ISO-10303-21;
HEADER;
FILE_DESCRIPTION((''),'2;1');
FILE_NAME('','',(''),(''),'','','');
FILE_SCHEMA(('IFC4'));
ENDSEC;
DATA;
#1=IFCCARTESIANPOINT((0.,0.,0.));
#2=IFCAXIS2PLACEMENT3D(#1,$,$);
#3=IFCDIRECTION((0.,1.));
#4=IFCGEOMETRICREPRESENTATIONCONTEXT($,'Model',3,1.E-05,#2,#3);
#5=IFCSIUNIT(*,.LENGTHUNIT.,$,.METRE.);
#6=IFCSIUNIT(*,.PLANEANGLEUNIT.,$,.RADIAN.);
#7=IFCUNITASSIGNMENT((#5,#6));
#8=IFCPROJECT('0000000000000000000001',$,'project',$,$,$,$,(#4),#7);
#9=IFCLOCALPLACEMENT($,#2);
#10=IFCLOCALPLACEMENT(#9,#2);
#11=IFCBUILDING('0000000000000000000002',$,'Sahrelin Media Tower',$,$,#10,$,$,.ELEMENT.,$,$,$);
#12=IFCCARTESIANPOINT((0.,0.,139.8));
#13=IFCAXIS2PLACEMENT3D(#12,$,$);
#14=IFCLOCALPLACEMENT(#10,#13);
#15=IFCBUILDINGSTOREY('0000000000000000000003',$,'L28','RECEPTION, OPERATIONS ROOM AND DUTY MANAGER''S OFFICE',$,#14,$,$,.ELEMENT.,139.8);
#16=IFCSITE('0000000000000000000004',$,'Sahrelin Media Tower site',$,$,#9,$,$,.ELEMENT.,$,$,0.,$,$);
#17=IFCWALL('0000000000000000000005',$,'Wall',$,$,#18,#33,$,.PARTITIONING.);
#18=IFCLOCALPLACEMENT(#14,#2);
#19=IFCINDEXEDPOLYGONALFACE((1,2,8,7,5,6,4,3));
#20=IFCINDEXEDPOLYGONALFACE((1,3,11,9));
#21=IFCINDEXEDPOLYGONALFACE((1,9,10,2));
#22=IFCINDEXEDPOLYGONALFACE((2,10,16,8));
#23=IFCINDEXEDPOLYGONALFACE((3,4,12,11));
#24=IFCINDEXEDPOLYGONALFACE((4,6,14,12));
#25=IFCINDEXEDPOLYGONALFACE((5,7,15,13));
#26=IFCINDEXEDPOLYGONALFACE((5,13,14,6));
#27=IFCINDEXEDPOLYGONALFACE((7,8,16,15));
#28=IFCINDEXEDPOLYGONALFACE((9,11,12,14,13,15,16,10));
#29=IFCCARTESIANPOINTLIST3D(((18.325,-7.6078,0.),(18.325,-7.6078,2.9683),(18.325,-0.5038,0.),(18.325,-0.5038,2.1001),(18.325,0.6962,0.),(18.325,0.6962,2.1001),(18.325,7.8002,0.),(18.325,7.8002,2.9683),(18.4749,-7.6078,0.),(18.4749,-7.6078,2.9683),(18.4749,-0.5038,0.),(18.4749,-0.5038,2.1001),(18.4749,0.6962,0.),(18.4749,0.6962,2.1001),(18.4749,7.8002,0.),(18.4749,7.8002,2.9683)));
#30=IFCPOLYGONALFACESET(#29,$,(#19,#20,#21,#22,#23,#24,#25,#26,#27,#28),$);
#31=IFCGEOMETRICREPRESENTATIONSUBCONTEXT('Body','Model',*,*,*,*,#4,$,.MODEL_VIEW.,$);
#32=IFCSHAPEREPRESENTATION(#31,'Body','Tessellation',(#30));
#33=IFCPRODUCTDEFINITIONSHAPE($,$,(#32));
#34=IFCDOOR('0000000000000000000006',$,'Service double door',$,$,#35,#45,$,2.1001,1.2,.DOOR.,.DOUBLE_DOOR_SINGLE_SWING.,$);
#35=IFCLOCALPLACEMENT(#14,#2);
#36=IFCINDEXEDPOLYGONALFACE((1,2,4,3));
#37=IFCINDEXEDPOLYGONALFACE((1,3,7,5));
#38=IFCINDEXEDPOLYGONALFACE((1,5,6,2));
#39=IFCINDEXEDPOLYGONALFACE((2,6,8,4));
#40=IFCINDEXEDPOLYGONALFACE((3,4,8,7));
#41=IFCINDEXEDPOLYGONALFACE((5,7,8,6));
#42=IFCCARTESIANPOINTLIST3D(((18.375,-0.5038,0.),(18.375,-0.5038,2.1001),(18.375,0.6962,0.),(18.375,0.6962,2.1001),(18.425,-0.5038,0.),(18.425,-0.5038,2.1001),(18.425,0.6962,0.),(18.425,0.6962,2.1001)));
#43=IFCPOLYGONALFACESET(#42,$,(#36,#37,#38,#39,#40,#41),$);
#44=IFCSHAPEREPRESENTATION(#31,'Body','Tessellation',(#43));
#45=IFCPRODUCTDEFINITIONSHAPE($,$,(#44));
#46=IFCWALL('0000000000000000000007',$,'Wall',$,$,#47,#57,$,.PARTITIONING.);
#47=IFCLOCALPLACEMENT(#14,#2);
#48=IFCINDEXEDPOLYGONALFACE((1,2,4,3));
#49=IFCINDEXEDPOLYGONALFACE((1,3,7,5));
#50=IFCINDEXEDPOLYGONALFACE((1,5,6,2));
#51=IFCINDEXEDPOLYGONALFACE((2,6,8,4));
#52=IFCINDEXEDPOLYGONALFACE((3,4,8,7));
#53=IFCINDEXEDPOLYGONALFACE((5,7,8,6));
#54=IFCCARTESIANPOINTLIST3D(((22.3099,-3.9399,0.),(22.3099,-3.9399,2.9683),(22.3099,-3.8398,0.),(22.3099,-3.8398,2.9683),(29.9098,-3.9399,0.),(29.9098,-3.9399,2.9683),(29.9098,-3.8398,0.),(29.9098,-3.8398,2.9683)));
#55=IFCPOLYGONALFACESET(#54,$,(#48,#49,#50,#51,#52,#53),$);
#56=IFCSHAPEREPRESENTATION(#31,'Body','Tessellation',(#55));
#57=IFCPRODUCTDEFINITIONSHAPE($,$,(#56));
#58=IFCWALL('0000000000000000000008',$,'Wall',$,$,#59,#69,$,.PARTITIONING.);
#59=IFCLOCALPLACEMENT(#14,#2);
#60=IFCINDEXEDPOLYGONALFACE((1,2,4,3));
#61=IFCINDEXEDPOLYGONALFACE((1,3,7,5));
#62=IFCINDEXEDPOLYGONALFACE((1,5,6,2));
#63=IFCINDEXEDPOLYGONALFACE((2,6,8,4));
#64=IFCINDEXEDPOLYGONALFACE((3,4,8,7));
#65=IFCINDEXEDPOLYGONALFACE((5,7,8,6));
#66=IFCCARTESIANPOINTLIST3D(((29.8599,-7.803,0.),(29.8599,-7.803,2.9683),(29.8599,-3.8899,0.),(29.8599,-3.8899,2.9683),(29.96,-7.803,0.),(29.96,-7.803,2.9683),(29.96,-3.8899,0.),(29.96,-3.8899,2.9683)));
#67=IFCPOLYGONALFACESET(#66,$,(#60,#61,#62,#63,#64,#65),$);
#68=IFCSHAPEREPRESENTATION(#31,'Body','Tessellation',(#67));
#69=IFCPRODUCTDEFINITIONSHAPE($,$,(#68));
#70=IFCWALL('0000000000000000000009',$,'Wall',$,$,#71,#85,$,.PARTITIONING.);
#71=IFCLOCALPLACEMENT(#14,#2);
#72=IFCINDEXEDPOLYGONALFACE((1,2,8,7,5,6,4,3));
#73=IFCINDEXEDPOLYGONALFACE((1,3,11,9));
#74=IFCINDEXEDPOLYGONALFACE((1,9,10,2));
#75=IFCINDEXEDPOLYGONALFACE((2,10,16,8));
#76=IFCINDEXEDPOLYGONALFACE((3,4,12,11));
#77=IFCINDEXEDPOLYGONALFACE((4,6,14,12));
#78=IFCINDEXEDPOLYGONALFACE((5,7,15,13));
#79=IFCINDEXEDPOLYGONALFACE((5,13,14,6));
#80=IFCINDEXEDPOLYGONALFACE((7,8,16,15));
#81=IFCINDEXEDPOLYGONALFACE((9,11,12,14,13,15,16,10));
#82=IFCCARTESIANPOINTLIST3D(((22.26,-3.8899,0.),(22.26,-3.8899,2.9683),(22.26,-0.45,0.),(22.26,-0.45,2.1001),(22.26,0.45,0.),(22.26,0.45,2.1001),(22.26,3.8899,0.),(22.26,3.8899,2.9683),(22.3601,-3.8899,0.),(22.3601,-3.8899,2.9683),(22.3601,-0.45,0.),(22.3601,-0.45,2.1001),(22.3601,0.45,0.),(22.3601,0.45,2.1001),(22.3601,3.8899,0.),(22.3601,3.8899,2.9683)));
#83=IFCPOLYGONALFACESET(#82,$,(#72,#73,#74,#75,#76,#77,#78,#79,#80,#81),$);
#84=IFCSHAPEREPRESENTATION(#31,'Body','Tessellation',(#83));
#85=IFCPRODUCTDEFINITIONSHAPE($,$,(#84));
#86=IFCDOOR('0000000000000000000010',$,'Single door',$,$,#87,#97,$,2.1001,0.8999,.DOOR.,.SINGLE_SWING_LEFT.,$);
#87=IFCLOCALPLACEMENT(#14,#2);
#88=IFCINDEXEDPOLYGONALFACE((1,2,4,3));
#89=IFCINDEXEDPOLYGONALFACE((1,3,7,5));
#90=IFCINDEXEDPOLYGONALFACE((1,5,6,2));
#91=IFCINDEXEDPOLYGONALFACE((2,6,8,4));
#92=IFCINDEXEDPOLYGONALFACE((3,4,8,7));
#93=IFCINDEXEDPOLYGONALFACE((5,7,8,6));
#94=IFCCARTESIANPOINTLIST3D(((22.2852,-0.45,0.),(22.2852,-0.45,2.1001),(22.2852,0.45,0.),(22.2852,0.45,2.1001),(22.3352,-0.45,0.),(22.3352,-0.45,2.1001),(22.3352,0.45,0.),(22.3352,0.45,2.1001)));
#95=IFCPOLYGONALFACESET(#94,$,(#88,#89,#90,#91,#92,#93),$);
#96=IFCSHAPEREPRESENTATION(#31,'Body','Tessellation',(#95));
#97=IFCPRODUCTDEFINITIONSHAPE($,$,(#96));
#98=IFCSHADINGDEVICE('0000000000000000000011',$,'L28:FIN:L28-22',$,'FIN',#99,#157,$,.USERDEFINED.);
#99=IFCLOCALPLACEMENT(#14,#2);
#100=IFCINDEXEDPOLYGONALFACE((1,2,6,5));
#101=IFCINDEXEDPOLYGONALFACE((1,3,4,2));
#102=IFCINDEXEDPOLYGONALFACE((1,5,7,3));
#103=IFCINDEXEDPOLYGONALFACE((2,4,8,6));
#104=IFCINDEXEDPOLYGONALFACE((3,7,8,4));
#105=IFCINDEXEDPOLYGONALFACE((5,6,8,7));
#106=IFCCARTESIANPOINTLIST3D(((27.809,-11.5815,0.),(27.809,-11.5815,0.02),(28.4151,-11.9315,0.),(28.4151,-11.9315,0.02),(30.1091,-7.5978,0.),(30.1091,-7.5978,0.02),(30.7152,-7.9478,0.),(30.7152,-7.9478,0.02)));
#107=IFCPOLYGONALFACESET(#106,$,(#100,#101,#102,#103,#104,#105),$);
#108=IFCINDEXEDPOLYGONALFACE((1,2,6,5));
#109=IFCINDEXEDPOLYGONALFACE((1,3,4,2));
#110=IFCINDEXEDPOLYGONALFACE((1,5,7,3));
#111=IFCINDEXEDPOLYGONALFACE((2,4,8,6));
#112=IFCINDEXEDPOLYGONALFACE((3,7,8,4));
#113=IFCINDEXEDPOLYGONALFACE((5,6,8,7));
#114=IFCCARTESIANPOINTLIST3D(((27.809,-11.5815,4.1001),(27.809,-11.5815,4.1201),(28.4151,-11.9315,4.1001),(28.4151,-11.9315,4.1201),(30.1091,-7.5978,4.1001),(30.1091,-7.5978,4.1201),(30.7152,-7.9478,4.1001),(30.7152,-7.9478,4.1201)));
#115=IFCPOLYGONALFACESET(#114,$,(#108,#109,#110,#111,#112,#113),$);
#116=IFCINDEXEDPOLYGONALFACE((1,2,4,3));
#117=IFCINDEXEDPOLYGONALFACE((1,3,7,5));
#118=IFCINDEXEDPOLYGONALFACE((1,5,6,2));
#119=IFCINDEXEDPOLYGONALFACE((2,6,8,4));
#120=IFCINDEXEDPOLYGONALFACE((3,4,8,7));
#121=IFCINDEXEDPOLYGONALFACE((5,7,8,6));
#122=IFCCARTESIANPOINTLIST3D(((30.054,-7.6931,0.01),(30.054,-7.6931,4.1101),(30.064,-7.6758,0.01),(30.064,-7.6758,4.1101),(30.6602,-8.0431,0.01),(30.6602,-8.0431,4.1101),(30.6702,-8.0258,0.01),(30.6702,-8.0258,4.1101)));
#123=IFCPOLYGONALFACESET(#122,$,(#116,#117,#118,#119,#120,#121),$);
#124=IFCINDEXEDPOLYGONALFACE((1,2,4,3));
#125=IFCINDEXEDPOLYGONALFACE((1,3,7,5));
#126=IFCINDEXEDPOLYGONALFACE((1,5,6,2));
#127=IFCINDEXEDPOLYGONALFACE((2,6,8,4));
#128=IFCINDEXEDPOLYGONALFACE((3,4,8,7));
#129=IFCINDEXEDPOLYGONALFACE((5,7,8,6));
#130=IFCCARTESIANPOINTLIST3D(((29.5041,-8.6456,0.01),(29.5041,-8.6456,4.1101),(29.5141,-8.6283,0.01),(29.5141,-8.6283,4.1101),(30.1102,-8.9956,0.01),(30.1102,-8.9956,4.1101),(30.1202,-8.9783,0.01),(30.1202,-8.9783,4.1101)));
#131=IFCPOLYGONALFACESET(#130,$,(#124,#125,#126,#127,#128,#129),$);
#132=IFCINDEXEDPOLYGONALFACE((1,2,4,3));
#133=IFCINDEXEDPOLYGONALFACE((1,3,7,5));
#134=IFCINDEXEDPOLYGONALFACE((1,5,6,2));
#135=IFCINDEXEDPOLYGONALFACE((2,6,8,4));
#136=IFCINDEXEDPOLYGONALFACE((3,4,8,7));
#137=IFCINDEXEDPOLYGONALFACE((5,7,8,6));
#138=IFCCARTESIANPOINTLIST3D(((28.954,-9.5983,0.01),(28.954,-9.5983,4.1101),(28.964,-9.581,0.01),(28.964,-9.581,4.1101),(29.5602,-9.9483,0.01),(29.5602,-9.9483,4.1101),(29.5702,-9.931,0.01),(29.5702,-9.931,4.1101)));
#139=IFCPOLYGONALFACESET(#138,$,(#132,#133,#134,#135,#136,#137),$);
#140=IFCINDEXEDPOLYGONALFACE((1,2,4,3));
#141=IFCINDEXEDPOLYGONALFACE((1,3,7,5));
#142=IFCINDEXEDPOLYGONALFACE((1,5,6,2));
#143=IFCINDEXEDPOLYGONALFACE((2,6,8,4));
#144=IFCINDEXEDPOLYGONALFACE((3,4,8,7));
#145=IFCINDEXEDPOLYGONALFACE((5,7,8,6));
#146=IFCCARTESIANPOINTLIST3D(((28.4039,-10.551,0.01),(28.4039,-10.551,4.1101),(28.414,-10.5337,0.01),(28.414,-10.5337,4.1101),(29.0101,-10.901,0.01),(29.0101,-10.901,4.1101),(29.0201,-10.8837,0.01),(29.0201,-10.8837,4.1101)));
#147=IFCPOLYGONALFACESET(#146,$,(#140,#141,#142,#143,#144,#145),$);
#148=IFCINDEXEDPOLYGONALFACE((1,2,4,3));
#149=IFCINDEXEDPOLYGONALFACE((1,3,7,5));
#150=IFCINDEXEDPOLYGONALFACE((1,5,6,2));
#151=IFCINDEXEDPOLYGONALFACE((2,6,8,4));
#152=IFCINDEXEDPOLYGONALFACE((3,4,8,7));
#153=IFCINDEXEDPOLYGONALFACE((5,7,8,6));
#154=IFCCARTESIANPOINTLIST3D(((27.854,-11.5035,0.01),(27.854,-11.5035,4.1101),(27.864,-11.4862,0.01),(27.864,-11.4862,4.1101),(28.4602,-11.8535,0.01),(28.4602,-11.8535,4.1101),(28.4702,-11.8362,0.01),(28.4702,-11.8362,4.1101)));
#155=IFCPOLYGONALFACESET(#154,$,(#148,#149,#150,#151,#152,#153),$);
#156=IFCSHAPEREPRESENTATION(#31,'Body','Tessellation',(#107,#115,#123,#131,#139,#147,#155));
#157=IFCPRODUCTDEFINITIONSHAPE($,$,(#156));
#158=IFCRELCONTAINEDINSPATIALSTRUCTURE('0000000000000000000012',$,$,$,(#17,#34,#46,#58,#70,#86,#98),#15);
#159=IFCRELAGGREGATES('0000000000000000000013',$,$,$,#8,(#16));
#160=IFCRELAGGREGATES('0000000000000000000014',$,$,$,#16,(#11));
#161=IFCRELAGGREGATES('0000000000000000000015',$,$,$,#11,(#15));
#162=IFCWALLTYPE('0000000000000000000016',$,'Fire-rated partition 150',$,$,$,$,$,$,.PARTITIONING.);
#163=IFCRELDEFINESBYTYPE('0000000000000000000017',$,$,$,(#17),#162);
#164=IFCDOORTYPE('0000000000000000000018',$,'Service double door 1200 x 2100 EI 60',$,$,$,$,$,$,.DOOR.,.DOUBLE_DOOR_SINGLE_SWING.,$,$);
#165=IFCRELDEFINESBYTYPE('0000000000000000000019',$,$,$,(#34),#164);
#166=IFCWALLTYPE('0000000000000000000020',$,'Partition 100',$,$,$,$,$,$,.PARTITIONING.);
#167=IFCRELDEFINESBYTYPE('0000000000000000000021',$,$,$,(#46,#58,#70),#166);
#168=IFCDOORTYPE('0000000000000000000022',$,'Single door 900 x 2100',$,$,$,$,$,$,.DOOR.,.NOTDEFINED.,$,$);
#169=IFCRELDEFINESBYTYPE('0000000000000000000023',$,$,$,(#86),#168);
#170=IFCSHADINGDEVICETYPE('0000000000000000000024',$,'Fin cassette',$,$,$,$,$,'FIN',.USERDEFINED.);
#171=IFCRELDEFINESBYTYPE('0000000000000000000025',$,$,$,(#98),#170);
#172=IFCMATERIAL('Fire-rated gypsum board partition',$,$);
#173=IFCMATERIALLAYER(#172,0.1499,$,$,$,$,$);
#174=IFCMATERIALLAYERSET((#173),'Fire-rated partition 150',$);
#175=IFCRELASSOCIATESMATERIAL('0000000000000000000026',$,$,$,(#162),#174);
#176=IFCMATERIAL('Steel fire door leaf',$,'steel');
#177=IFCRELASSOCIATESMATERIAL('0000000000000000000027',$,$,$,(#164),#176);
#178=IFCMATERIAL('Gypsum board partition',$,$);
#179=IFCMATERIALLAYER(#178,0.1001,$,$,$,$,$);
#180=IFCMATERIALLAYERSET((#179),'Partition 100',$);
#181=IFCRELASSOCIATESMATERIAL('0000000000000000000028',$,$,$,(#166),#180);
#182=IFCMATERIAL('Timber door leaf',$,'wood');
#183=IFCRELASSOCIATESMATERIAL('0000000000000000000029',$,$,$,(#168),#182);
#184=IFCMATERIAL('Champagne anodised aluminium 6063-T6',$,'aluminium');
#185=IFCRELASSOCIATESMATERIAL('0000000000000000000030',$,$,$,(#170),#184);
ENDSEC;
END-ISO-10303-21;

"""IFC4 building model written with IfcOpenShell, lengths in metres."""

from ifc_helpers import new_model, si_unit, direction, frame, frame_2d, origin, origin_2d, place, context, subcontext, project, spatial, rectangle, extrude, material, layer, layer_set, type_object, element, fill, save


model = new_model("IFC4")

# Units and contexts
model_context = context("Model", 3, precision=1e-05, world=origin(), true_north=direction((0.0, 1.0)))
body_context = subcontext(model_context, "Body", "Model", "MODEL_VIEW")
ifc_project = project(units=[si_unit("LENGTHUNIT", "METRE"), si_unit("PLANEANGLEUNIT", "RADIAN")], contexts=[model_context])

# Site, building, storey
site_placement = place(None, origin())
site = spatial("IfcSite", under=ifc_project, at=site_placement, Name="Sahrelin Media Tower site", CompositionType="ELEMENT", RefElevation=0.0)
building_placement = place(site_placement, origin())
building = spatial("IfcBuilding", under=site, at=building_placement, Name="Sahrelin Media Tower", CompositionType="ELEMENT")
storey_placement = place(building_placement, frame((0.0, 0.0, 139.8)))
storey = spatial("IfcBuildingStorey", under=building, at=storey_placement, Name="L28", Description="RECEPTION, OPERATIONS ROOM AND DUTY MANAGER'S OFFICE", CompositionType="ELEMENT", Elevation=139.8)

# Shared definitions
ifc_material_1 = material(Name="Champagne anodised aluminium 6063-T6", Category="aluminium")

# Shared definitions
ifc_material_2 = material(Name="Fire-rated gypsum board partition")
ifc_layer_1 = layer(ifc_material_2, 0.1499)
ifc_layer_set_1 = layer_set([ifc_layer_1], Name="Fire-rated partition 150")
wall_type_1 = type_object("IfcWallType", Name="Fire-rated partition 150", PredefinedType="PARTITIONING", material=ifc_layer_set_1)

# Wall, opening, door
wall_1_placement = place(storey_placement, frame((18.3999, -7.6079, 0.0), z_axis=(0.0, 0.0, 1.0), x_axis=(0.0, 1.0, 0.0)))
wall_1 = element("IfcWall", 1, at=wall_1_placement, inside=storey, type_object=wall_type_1, Name="Wall", PredefinedType="PARTITIONING", context=body_context, shape_type="SweptSolid", body=[
    extrude(rectangle(XDim=15.408, YDim=0.1499, at=frame_2d((7.7041, 0.0))), origin(), (0.0, 0.0, 1.0), 2.9683),
])
opening_1_placement = place(wall_1_placement, frame((7.104, 0.0, 0.0)))
opening_1 = element("IfcOpeningElement", 2, at=opening_1_placement, cuts=wall_1, PredefinedType="OPENING", context=body_context, shape_type="SweptSolid", body=[
    extrude(rectangle(XDim=1.2, YDim=2.1001, at=frame_2d((0.6001, 1.05))), frame((0.0, 0.075, 0.0), z_axis=(0.0, -1.0, 0.0), x_axis=(1.0, 0.0, 0.0)), (0.0, 0.0, 1.0), 0.1499),
])
ifc_material_3 = material(Name="Steel fire door leaf", Category="steel")
door_type_1 = type_object("IfcDoorType", Name="Service double door 1200 x 2100 EI 60", OperationType="DOUBLE_DOOR_SINGLE_SWING", PredefinedType="DOOR", material=ifc_material_3)
door_1_placement = place(opening_1_placement, origin())
door_1 = element("IfcDoor", 3, at=door_1_placement, inside=storey, type_object=door_type_1, Name="Service double door", OperationType="DOUBLE_DOOR_SINGLE_SWING", OverallHeight=2.1001, OverallWidth=1.2, PredefinedType="DOOR", context=body_context, shape_type="SweptSolid", body=[
    extrude(rectangle(XDim=1.2, YDim=2.1001, at=frame_2d((0.6001, 1.05))), frame((0.0, 0.0249, 0.0), z_axis=(0.0, -1.0, 0.0), x_axis=(1.0, 0.0, 0.0)), (0.0, 0.0, 1.0), 0.05),
])
fill(opening_1, door_1)

# Walls
ifc_material_4 = material(Name="Gypsum board partition")
ifc_layer_2 = layer(ifc_material_4, 0.1001)
ifc_layer_set_2 = layer_set([ifc_layer_2], Name="Partition 100")
wall_type_2 = type_object("IfcWallType", Name="Partition 100", PredefinedType="PARTITIONING", material=ifc_layer_set_2)
wall_2_placement = place(storey_placement, frame((22.3101, -3.8899, 0.0), z_axis=(0.0, 0.0, 1.0), x_axis=(1.0, 0.0, 0.0)))
element("IfcWall", 4, at=wall_2_placement, inside=storey, type_object=wall_type_2, Name="Wall", PredefinedType="PARTITIONING", context=body_context, shape_type="SweptSolid", body=[
    extrude(rectangle(XDim=7.5999, YDim=0.1001, at=frame_2d((3.7998, 0.0))), origin(), (0.0, 0.0, 1.0), 2.9683),
])
wall_3_placement = place(storey_placement, frame((29.9099, -7.803, 0.0), z_axis=(0.0, 0.0, 1.0), x_axis=(0.0, 1.0, 0.0)))
element("IfcWall", 5, at=wall_3_placement, inside=storey, type_object=wall_type_2, Name="Wall", PredefinedType="PARTITIONING", context=body_context, shape_type="SweptSolid", body=[
    extrude(rectangle(XDim=3.9131, YDim=0.1001, at=frame_2d((1.9565, 0.0))), origin(), (0.0, 0.0, 1.0), 2.9683),
])

# Wall, opening, door
wall_4_placement = place(storey_placement, frame((22.3101, -3.8899, 0.0), z_axis=(0.0, 0.0, 1.0), x_axis=(0.0, 1.0, 0.0)))
wall_4 = element("IfcWall", 6, at=wall_4_placement, inside=storey, type_object=wall_type_2, Name="Wall", PredefinedType="PARTITIONING", context=body_context, shape_type="SweptSolid", body=[
    extrude(rectangle(XDim=7.7798, YDim=0.1001, at=frame_2d((3.8899, 0.0))), origin(), (0.0, 0.0, 1.0), 2.9683),
])
opening_2_placement = place(wall_4_placement, frame((3.4399, 0.0, 0.0)))
opening_2 = element("IfcOpeningElement", 7, at=opening_2_placement, cuts=wall_4, PredefinedType="OPENING", context=body_context, shape_type="SweptSolid", body=[
    extrude(rectangle(XDim=0.8999, YDim=2.1001, at=frame_2d((0.45, 1.05))), frame((0.0, 0.05, 0.0), z_axis=(0.0, -1.0, 0.0), x_axis=(1.0, 0.0, 0.0)), (0.0, 0.0, 1.0), 0.1001),
])
ifc_material_5 = material(Name="Timber door leaf", Category="wood")
door_type_2 = type_object("IfcDoorType", Name="Single door 900 x 2100", OperationType="NOTDEFINED", PredefinedType="DOOR", material=ifc_material_5)
door_2_placement = place(opening_2_placement, origin())
door_2 = element("IfcDoor", 8, at=door_2_placement, inside=storey, type_object=door_type_2, Name="Single door", OperationType="SINGLE_SWING_LEFT", OverallHeight=2.1001, OverallWidth=0.8999, PredefinedType="DOOR", context=body_context, shape_type="SweptSolid", body=[
    extrude(rectangle(XDim=0.8999, YDim=2.1001, at=frame_2d((0.45, 1.05))), frame((0.0, 0.0249, 0.0), z_axis=(0.0, -1.0, 0.0), x_axis=(1.0, 0.0, 0.0)), (0.0, 0.0, 1.0), 0.05),
])
fill(opening_2, door_2)

# Shading device
shading_device_type_1 = type_object("IfcShadingDeviceType", Name="Fin cassette", ElementType="FIN", PredefinedType="USERDEFINED", material=ifc_material_1)
placement_1 = place(storey_placement, frame((28.8984, -9.5547, 0.0), z_axis=(0.0, 0.0, 1.0), x_axis=(-0.500011, -0.866019, 0.0)))
element("IfcShadingDevice", 9, at=placement_1, inside=storey, type_object=shading_device_type_1, Name="L28:FIN:L28-22", ObjectType="FIN", PredefinedType="USERDEFINED", context=body_context, shape_type="SweptSolid", body=[
    extrude(rectangle(XDim=4.6001, YDim=0.7, at=origin_2d()), frame((0.0, 0.4199, 0.0)), (0.0, 0.0, 1.0), 0.02),
    extrude(rectangle(XDim=4.6001, YDim=0.7, at=origin_2d()), frame((0.0, 0.4199, 4.1001)), (0.0, 0.0, 1.0), 0.02),
    extrude(rectangle(XDim=0.02, YDim=0.7, at=origin_2d()), frame((-2.2, 0.4199, 0.01), z_axis=(0.0, 0.0, 1.0), x_axis=(1.0, 0.0, 0.0)), (0.0, 0.0, 1.0), 4.1001),
    extrude(rectangle(XDim=0.02, YDim=0.7, at=origin_2d()), frame((-1.1001, 0.4199, 0.01), z_axis=(0.0, 0.0, 1.0), x_axis=(1.0, 0.0, 0.0)), (0.0, 0.0, 1.0), 4.1001),
    extrude(rectangle(XDim=0.02, YDim=0.7, at=origin_2d()), frame((0.0, 0.4199, 0.01), z_axis=(0.0, 0.0, 1.0), x_axis=(1.0, 0.0, 0.0)), (0.0, 0.0, 1.0), 4.1001),
    extrude(rectangle(XDim=0.02, YDim=0.7, at=origin_2d()), frame((1.1001, 0.4199, 0.01), z_axis=(0.0, 0.0, 1.0), x_axis=(1.0, 0.0, 0.0)), (0.0, 0.0, 1.0), 4.1001),
    extrude(rectangle(XDim=0.02, YDim=0.7, at=origin_2d()), frame((2.2, 0.4199, 0.01), z_axis=(0.0, 0.0, 1.0), x_axis=(1.0, 0.0, 0.0)), (0.0, 0.0, 1.0), 4.1001),
])

save(model, "model.ifc")
